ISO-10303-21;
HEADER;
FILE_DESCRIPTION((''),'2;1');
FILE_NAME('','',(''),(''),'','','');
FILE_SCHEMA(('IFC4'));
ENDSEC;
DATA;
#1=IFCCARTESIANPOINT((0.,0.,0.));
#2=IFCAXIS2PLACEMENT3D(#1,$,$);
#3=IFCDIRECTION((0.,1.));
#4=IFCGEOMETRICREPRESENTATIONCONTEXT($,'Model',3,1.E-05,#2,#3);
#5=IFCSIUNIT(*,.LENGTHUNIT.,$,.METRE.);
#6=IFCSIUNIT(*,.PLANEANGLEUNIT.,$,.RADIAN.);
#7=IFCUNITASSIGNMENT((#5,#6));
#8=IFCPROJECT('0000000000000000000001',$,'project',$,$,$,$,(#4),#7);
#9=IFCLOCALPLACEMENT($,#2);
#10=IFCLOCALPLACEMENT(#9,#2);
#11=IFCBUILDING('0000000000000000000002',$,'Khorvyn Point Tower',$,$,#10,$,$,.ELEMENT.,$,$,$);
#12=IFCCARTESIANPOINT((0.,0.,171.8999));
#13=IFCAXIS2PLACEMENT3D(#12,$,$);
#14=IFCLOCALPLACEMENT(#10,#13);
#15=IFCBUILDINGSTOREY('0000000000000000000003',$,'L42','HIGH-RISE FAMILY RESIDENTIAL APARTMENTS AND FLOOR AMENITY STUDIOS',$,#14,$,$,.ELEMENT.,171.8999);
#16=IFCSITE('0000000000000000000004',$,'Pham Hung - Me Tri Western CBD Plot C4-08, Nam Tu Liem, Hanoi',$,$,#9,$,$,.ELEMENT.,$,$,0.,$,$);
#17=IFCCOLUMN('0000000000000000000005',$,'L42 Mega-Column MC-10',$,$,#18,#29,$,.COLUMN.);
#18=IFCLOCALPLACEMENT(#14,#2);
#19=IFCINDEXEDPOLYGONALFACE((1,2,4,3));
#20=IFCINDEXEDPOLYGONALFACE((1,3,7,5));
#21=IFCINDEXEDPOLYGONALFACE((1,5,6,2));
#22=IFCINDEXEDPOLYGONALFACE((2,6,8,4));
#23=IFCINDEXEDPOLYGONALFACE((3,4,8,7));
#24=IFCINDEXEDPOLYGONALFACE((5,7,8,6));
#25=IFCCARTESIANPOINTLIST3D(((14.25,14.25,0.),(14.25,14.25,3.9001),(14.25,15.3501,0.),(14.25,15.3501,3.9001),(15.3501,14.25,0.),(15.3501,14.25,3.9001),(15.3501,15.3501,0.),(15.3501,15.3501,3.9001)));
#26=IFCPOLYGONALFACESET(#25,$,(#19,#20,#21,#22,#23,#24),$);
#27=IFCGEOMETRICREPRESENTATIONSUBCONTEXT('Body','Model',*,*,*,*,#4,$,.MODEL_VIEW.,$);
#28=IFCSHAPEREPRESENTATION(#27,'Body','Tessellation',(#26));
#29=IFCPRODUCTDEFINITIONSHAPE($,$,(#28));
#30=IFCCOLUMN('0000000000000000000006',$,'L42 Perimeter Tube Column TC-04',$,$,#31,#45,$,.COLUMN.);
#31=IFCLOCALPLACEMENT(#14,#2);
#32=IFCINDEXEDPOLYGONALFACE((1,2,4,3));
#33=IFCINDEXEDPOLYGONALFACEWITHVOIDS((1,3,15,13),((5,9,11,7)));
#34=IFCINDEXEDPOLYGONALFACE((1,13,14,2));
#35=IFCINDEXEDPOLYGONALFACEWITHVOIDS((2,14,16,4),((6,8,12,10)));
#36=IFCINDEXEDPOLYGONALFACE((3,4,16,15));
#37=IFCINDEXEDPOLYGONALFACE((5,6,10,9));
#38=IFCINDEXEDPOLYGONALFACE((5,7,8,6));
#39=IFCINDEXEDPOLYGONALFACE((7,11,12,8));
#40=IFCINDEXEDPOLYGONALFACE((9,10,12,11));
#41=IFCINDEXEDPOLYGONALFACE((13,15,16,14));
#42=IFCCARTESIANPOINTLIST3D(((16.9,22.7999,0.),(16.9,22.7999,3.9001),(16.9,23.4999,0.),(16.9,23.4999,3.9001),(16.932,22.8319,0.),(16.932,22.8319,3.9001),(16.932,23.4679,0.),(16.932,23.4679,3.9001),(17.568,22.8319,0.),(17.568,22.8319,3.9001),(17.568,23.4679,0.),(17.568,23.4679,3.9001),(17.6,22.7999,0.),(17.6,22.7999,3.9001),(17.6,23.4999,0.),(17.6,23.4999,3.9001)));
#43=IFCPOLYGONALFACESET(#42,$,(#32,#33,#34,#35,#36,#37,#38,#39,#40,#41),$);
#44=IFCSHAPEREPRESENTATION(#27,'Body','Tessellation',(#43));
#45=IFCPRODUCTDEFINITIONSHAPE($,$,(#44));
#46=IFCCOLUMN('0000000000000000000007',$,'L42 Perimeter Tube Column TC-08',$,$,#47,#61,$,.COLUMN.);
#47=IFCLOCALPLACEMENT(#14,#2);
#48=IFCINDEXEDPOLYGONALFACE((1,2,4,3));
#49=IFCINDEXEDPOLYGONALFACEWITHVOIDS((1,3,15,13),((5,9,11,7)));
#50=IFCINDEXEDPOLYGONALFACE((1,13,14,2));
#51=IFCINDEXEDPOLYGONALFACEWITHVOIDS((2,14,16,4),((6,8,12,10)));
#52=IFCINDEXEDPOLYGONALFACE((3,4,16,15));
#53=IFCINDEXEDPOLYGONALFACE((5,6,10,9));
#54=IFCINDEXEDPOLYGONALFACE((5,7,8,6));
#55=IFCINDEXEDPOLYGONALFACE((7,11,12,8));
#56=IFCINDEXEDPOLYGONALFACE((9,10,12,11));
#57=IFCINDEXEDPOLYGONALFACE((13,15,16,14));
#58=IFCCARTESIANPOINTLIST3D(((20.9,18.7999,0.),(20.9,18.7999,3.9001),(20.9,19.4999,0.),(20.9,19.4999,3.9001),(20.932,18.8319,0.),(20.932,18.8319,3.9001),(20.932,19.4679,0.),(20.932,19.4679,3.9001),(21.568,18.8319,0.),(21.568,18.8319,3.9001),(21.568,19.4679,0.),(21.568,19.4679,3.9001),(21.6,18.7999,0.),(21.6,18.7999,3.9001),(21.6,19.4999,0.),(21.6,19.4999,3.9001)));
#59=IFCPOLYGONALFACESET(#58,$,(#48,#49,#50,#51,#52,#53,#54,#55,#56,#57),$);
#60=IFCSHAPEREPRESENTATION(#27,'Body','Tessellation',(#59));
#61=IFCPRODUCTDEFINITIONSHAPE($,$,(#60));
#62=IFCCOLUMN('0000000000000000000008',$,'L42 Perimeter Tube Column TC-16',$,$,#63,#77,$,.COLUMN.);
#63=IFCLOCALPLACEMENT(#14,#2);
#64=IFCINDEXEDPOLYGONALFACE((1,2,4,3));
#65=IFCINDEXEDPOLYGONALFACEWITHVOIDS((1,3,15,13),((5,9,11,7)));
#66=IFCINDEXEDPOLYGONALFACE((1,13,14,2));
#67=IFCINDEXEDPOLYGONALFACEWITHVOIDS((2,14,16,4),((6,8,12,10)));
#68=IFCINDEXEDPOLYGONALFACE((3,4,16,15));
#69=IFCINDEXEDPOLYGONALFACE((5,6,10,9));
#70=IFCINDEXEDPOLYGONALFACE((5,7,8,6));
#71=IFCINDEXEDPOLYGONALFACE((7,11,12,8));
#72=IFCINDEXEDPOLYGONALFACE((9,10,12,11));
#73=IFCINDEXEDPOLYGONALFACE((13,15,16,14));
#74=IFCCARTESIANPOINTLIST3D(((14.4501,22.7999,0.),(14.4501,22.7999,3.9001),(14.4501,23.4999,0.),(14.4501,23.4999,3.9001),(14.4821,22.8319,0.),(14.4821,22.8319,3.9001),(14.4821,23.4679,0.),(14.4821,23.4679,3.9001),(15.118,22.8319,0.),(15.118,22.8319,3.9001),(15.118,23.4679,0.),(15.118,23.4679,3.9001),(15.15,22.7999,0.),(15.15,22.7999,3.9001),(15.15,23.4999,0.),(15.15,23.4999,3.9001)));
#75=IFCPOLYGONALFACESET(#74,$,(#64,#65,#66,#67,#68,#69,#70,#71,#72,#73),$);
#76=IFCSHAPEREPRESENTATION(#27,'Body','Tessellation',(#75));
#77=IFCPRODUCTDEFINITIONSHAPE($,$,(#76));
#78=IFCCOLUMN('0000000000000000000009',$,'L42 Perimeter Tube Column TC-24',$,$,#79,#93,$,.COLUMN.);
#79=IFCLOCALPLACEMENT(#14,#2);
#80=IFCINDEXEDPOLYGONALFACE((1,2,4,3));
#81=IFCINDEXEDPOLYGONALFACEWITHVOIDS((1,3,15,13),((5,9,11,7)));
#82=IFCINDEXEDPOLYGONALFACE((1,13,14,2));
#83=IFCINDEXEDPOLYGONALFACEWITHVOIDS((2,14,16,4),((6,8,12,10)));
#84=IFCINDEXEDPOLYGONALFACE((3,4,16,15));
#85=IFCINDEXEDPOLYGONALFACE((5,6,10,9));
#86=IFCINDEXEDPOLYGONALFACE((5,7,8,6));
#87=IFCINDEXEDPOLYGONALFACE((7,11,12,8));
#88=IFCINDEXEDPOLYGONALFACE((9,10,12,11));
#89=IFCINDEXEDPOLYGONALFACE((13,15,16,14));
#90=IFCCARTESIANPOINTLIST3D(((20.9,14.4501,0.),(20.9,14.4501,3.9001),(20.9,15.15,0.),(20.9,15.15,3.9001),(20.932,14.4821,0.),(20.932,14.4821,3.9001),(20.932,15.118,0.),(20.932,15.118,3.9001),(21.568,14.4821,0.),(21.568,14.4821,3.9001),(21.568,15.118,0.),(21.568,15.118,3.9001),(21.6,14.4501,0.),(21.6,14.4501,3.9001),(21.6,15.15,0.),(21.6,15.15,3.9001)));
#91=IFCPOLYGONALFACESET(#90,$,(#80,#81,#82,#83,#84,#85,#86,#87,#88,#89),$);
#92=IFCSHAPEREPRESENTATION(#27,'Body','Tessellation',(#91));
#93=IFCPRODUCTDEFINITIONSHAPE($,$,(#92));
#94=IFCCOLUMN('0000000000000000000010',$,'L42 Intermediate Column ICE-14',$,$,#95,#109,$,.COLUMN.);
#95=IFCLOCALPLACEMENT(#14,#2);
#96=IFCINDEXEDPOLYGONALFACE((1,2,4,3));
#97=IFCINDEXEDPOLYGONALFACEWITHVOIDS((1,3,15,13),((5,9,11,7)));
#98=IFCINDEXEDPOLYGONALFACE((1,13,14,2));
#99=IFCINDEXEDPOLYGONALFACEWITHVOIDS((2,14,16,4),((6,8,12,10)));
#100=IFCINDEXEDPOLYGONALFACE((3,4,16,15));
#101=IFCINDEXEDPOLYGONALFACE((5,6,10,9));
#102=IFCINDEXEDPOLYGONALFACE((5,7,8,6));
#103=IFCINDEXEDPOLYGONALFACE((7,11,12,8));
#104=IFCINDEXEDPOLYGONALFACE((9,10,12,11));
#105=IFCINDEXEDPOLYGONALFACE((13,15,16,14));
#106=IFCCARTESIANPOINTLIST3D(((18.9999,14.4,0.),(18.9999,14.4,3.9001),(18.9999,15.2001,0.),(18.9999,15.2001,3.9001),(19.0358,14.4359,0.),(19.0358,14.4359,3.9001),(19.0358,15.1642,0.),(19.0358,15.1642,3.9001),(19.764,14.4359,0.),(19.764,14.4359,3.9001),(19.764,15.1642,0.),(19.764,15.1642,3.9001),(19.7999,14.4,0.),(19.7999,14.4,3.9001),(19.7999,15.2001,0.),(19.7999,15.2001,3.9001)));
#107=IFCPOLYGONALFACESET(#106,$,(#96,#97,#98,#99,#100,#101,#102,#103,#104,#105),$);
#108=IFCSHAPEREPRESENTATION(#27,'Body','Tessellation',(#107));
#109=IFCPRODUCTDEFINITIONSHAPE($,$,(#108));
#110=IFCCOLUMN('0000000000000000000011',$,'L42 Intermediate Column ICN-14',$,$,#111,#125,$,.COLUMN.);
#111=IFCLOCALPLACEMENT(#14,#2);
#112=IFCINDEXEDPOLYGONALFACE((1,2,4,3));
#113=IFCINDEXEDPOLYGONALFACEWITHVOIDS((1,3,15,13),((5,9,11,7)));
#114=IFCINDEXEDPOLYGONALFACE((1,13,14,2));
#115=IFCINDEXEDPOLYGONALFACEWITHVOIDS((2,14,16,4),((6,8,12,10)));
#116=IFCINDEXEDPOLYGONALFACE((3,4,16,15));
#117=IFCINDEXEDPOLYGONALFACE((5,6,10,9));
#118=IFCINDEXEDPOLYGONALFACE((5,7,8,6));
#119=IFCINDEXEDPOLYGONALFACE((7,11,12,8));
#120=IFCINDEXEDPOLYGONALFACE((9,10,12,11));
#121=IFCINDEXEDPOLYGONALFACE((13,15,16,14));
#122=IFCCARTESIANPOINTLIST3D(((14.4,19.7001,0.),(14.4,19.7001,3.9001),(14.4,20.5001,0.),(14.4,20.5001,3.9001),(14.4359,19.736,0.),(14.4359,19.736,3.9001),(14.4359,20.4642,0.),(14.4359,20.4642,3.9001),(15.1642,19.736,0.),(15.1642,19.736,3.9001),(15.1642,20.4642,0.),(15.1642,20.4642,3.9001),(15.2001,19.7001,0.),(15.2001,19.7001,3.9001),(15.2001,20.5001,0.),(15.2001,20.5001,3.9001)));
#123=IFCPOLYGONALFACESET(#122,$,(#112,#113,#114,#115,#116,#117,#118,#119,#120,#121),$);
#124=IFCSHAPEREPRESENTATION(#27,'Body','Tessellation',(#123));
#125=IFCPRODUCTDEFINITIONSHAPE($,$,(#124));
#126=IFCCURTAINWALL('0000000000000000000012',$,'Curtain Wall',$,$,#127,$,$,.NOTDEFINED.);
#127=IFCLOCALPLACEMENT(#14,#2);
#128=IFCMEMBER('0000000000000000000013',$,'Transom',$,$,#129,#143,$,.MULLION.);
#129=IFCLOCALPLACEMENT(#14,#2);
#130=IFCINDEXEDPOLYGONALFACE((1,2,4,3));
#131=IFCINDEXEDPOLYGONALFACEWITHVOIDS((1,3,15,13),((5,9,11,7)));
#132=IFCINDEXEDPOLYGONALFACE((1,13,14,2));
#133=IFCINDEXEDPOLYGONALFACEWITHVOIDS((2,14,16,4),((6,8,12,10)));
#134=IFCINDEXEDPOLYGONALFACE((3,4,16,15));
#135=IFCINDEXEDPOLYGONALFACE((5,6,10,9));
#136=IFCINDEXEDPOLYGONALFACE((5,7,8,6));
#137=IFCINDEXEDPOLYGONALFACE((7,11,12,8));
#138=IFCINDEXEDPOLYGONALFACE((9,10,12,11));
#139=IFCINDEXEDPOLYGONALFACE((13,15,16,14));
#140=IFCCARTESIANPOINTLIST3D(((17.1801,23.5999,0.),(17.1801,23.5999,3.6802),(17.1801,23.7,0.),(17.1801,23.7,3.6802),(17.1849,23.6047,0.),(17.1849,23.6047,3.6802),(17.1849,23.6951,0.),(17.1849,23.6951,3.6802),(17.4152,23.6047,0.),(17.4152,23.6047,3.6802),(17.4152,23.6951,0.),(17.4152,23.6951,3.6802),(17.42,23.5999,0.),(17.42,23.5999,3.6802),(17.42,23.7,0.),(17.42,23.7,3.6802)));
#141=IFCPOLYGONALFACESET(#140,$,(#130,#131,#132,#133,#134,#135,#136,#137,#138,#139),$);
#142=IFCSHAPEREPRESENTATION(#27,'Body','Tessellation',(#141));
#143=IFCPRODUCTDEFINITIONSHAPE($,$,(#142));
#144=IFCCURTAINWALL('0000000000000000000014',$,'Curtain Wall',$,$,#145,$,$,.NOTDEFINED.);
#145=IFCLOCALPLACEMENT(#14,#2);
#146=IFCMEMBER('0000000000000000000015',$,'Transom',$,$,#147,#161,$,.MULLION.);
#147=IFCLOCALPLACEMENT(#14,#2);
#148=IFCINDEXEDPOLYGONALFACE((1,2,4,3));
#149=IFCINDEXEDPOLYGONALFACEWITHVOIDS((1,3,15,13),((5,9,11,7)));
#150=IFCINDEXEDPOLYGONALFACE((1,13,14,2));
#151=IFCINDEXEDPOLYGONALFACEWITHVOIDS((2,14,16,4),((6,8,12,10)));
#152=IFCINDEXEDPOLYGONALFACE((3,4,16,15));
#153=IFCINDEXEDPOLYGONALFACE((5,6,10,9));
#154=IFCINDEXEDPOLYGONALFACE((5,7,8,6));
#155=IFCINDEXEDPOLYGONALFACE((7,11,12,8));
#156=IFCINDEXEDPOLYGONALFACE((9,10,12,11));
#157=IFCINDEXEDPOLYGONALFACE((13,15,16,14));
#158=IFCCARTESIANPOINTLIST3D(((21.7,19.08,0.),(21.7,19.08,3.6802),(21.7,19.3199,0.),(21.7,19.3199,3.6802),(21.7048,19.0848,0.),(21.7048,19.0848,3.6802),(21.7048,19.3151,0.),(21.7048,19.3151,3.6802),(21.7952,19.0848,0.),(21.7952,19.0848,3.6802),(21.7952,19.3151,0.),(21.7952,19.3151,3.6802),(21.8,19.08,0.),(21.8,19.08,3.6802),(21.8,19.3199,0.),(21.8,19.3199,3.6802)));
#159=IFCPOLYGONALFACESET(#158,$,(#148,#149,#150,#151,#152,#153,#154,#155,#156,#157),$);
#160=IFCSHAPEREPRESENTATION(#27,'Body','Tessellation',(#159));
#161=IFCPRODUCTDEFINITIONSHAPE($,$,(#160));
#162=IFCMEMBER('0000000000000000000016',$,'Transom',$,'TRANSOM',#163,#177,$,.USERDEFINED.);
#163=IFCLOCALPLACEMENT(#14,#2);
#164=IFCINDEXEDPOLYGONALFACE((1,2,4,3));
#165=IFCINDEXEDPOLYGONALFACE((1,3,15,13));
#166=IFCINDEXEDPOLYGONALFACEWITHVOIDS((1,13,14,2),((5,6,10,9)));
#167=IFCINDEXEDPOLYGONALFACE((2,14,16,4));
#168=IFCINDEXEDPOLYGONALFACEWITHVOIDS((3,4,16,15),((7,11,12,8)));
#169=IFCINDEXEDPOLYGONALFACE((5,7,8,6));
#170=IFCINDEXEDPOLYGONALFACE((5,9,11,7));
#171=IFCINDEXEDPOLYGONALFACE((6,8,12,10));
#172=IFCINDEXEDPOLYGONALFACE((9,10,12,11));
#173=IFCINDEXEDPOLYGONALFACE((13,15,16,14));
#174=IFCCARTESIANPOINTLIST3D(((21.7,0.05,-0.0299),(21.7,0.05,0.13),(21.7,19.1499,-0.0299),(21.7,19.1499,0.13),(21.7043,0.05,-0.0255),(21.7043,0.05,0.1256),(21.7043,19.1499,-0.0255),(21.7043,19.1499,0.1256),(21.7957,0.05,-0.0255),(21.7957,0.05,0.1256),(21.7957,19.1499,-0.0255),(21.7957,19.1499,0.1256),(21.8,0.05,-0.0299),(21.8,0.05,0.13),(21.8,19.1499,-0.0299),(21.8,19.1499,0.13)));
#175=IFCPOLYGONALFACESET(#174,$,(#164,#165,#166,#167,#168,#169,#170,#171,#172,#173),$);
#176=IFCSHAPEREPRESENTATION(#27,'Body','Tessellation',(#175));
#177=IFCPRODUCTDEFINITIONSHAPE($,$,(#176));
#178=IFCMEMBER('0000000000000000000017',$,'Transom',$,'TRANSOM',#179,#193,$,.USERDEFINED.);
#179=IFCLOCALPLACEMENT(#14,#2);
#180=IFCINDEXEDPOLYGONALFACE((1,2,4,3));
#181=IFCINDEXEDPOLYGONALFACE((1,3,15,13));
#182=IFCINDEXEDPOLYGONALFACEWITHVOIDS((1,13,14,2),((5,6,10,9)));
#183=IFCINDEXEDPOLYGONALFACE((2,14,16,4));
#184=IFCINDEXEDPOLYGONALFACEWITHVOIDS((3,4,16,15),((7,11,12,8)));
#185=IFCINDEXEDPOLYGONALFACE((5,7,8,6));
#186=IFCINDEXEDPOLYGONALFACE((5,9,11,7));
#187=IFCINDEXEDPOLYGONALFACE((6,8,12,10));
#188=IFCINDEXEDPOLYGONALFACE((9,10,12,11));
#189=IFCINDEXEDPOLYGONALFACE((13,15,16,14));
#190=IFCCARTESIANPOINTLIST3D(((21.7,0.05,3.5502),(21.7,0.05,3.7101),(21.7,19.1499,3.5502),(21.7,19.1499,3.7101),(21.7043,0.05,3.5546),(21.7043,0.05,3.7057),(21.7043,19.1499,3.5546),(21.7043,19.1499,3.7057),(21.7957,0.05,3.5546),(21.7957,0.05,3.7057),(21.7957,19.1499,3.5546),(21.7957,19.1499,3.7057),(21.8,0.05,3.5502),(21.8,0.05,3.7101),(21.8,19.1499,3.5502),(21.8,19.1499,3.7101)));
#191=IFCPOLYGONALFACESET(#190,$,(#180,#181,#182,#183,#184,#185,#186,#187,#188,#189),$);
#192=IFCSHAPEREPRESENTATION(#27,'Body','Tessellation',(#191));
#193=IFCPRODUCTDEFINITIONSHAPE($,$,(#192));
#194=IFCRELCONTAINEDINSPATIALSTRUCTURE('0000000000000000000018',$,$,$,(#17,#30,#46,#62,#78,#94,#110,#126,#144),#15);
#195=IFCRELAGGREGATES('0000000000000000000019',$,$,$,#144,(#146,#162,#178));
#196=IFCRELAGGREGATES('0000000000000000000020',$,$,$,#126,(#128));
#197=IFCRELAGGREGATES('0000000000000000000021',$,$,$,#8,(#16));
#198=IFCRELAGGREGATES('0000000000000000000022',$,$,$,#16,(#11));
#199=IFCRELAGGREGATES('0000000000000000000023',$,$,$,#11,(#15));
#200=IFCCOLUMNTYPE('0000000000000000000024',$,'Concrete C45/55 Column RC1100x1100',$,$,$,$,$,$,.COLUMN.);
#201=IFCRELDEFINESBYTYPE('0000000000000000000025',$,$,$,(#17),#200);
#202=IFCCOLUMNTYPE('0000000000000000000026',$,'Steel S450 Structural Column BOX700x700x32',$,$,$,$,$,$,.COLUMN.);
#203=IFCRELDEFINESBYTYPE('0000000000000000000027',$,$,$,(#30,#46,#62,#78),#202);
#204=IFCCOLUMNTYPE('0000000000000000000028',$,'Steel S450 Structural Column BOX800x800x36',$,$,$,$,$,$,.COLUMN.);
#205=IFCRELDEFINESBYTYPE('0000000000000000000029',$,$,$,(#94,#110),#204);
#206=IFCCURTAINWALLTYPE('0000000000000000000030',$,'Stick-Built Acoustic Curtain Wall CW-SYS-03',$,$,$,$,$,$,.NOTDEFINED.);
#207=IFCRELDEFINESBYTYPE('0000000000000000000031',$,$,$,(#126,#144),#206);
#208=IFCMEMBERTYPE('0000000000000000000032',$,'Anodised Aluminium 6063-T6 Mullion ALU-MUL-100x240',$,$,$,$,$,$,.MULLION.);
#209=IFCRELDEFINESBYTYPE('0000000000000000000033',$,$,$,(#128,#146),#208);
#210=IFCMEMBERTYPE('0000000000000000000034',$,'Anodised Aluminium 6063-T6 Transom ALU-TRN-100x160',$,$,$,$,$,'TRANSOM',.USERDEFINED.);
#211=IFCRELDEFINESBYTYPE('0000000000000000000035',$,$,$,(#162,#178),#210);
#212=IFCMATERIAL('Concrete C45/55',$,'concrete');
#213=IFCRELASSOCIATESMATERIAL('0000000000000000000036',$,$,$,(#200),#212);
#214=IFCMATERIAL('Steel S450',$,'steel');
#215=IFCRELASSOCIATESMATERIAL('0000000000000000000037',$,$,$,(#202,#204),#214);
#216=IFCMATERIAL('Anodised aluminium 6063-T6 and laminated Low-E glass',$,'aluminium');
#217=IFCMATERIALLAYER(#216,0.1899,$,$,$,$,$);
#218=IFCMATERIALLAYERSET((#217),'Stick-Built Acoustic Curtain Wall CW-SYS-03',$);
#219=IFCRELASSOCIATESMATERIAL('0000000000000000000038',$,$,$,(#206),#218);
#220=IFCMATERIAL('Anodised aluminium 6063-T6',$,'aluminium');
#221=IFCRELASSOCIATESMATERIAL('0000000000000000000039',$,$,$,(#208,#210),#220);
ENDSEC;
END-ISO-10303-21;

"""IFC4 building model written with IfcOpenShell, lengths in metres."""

from ifc_helpers import new_model, si_unit, direction, frame, origin, origin_2d, place, context, subcontext, project, spatial, rectangle, hollow_rectangle, extrude, material, layer, layer_set, material_profile, profile_set, type_object, element, aggregate, save


model = new_model("IFC4")

# Units and contexts
model_context = context("Model", 3, precision=1e-05, world=origin(), true_north=direction((0.0, 1.0)))
body_context = subcontext(model_context, "Body", "Model", "MODEL_VIEW")
ifc_project = project(units=[si_unit("LENGTHUNIT", "METRE"), si_unit("PLANEANGLEUNIT", "RADIAN")], contexts=[model_context])

# Site, building, storey
site_placement = place(None, origin())
site = spatial("IfcSite", under=ifc_project, at=site_placement, Name="Pham Hung - Me Tri Western CBD Plot C4-08, Nam Tu Liem, Hanoi", CompositionType="ELEMENT", RefElevation=0.0)
building_placement = place(site_placement, origin())
building = spatial("IfcBuilding", under=site, at=building_placement, Name="Khorvyn Point Tower", CompositionType="ELEMENT")
storey_placement = place(building_placement, frame((0.0, 0.0, 171.8999)))
storey = spatial("IfcBuildingStorey", under=building, at=storey_placement, Name="L42", Description="HIGH-RISE FAMILY RESIDENTIAL APARTMENTS AND FLOOR AMENITY STUDIOS", CompositionType="ELEMENT", Elevation=171.8999)

# Columns
ifc_material_1 = material(Name="Concrete C45/55", Category="concrete")
ifc_material_profile_1 = material_profile(ifc_material_1, rectangle(XDim=1.1001, YDim=1.1001, at=origin_2d()))
ifc_profile_set_1 = profile_set([ifc_material_profile_1], Name="Concrete C45/55 RC1100x1100")
column_type_1 = type_object("IfcColumnType", Name="Concrete C45/55 Column RC1100x1100", PredefinedType="COLUMN", material=ifc_profile_set_1)
column_placement = place(storey_placement, frame((14.8, 14.8, 0.0), z_axis=(0.0, 0.0, 1.0), x_axis=(1.0, 0.0, 0.0)))
element("IfcColumn", 1, at=column_placement, inside=storey, type_object=column_type_1, Name="L42 Mega-Column MC-10", PredefinedType="COLUMN", context=body_context, shape_type="SweptSolid", body=[
    extrude(rectangle(XDim=1.1001, YDim=1.1001, at=origin_2d()), origin(), (0.0, 0.0, 1.0), 3.9001),
])
ifc_material_2 = material(Name="Steel S450", Category="steel")
ifc_material_profile_2 = material_profile(ifc_material_2, hollow_rectangle(XDim=0.7, YDim=0.7, WallThickness=0.032, at=origin_2d()))
ifc_profile_set_2 = profile_set([ifc_material_profile_2], Name="Steel S450 BOX700x700x32")
column_type_2 = type_object("IfcColumnType", Name="Steel S450 Structural Column BOX700x700x32", PredefinedType="COLUMN", material=ifc_profile_set_2)
for number, where, z_axis, x_axis, name in (
    (2, (17.25, 23.1499, 0.0), (0.0, 0.0, 1.0), (1.0, 0.0, 0.0), "L42 Perimeter Tube Column TC-04"),
    (3, (21.25, 19.1499, 0.0), (0.0, 0.0, 1.0), (1.0, 0.0, 0.0), "L42 Perimeter Tube Column TC-08"),
    (4, (14.8, 23.1499, 0.0), (0.0, 0.0, 1.0), (1.0, 0.0, 0.0), "L42 Perimeter Tube Column TC-16"),
    (5, (21.25, 14.8, 0.0), (0.0, 0.0, 1.0), (1.0, 0.0, 0.0), "L42 Perimeter Tube Column TC-24"),
):
    element("IfcColumn", number, at=place(storey_placement, frame(where, z_axis=z_axis, x_axis=x_axis)), inside=storey, type_object=column_type_2, Name=name, PredefinedType="COLUMN", context=body_context, shape_type="SweptSolid", body=[
        extrude(hollow_rectangle(XDim=0.7, YDim=0.7, WallThickness=0.032, at=origin_2d()), origin(), (0.0, 0.0, 1.0), 3.9001),
    ])
ifc_material_profile_3 = material_profile(ifc_material_2, hollow_rectangle(XDim=0.8, YDim=0.8, WallThickness=0.0359, at=origin_2d()))
ifc_profile_set_3 = profile_set([ifc_material_profile_3], Name="Steel S450 BOX800x800x36")
column_type_3 = type_object("IfcColumnType", Name="Steel S450 Structural Column BOX800x800x36", PredefinedType="COLUMN", material=ifc_profile_set_3)
for number, where, z_axis, x_axis, name in (
    (6, (19.3999, 14.8, 0.0), (0.0, 0.0, 1.0), (1.0, 0.0, 0.0), "L42 Intermediate Column ICE-14"),
    (7, (14.8, 20.1001, 0.0), (0.0, 0.0, 1.0), (1.0, 0.0, 0.0), "L42 Intermediate Column ICN-14"),
):
    element("IfcColumn", number, at=place(storey_placement, frame(where, z_axis=z_axis, x_axis=x_axis)), inside=storey, type_object=column_type_3, Name=name, PredefinedType="COLUMN", context=body_context, shape_type="SweptSolid", body=[
        extrude(hollow_rectangle(XDim=0.8, YDim=0.8, WallThickness=0.0359, at=origin_2d()), origin(), (0.0, 0.0, 1.0), 3.9001),
    ])

# Curtain wall, member
ifc_material_3 = material(Name="Anodised aluminium 6063-T6 and laminated Low-E glass", Category="aluminium")
ifc_layer_1 = layer(ifc_material_3, 0.1899)
ifc_layer_set_1 = layer_set([ifc_layer_1], Name="Stick-Built Acoustic Curtain Wall CW-SYS-03")
curtain_wall_type = type_object("IfcCurtainWallType", Name="Stick-Built Acoustic Curtain Wall CW-SYS-03", PredefinedType="NOTDEFINED", material=ifc_layer_set_1)
curtain_wall_1_placement = place(storey_placement, origin())
curtain_wall_1 = element("IfcCurtainWall", 8, at=curtain_wall_1_placement, inside=storey, type_object=curtain_wall_type, Name="Curtain Wall", PredefinedType="NOTDEFINED")
ifc_material_4 = material(Name="Anodised aluminium 6063-T6", Category="aluminium")
ifc_material_profile_4 = material_profile(ifc_material_4, hollow_rectangle(XDim=0.1001, YDim=0.24, WallThickness=0.0049, at=origin_2d()))
ifc_profile_set_4 = profile_set([ifc_material_profile_4], Name="Anodised aluminium 6063-T6 ALU-MUL-100x240")
member_type_1 = type_object("IfcMemberType", Name="Anodised Aluminium 6063-T6 Mullion ALU-MUL-100x240", PredefinedType="MULLION", material=ifc_profile_set_4)
member_1_placement = place(storey_placement, frame((17.3, 23.6499, 0.0), z_axis=(0.0, 0.0, 1.0), x_axis=(0.0, 1.0, 0.0)))
member_1 = element("IfcMember", 9, at=member_1_placement, type_object=member_type_1, Name="Transom", PredefinedType="MULLION", context=body_context, shape_type="SweptSolid", body=[
    extrude(hollow_rectangle(XDim=0.1001, YDim=0.24, WallThickness=0.0049, at=origin_2d()), origin(), (0.0, 0.0, 1.0), 3.6802),
])

# Curtain wall, members
curtain_wall_2_placement = place(storey_placement, origin())
curtain_wall_2 = element("IfcCurtainWall", 10, at=curtain_wall_2_placement, inside=storey, type_object=curtain_wall_type, Name="Curtain Wall", PredefinedType="NOTDEFINED")
member_2_placement = place(storey_placement, frame((21.75, 19.2, 0.0), z_axis=(0.0, 0.0, 1.0), x_axis=(1.0, 0.0, 0.0)))
member_2 = element("IfcMember", 11, at=member_2_placement, type_object=member_type_1, Name="Transom", PredefinedType="MULLION", context=body_context, shape_type="SweptSolid", body=[
    extrude(hollow_rectangle(XDim=0.1001, YDim=0.24, WallThickness=0.0049, at=origin_2d()), origin(), (0.0, 0.0, 1.0), 3.6802),
])
ifc_material_profile_5 = material_profile(ifc_material_4, hollow_rectangle(XDim=0.1001, YDim=0.1599, WallThickness=0.0044, at=origin_2d()))
ifc_profile_set_5 = profile_set([ifc_material_profile_5], Name="Anodised aluminium 6063-T6 ALU-TRN-100x160")
member_type_2 = type_object("IfcMemberType", Name="Anodised Aluminium 6063-T6 Transom ALU-TRN-100x160", ElementType="TRANSOM", PredefinedType="USERDEFINED", material=ifc_profile_set_5)
member_3_placement = place(storey_placement, frame((21.75, 19.1499, 0.05), z_axis=(0.0, -1.0, 0.0), x_axis=(1.0, 0.0, 0.0)))
member_3 = element("IfcMember", 12, at=member_3_placement, type_object=member_type_2, Name="Transom", ObjectType="TRANSOM", PredefinedType="USERDEFINED", context=body_context, shape_type="SweptSolid", body=[
    extrude(hollow_rectangle(XDim=0.1001, YDim=0.1599, WallThickness=0.0044, at=origin_2d()), origin(), (0.0, 0.0, 1.0), 19.0999),
])
member_4_placement = place(storey_placement, frame((21.75, 19.1499, 3.6301), z_axis=(0.0, -1.0, 0.0), x_axis=(1.0, 0.0, 0.0)))
member_4 = element("IfcMember", 13, at=member_4_placement, type_object=member_type_2, Name="Transom", ObjectType="TRANSOM", PredefinedType="USERDEFINED", context=body_context, shape_type="SweptSolid", body=[
    extrude(hollow_rectangle(XDim=0.1001, YDim=0.1599, WallThickness=0.0044, at=origin_2d()), origin(), (0.0, 0.0, 1.0), 19.0999),
])
aggregate(curtain_wall_2, [member_2, member_3, member_4])

aggregate(curtain_wall_1, [member_1])

save(model, "model.ifc")
